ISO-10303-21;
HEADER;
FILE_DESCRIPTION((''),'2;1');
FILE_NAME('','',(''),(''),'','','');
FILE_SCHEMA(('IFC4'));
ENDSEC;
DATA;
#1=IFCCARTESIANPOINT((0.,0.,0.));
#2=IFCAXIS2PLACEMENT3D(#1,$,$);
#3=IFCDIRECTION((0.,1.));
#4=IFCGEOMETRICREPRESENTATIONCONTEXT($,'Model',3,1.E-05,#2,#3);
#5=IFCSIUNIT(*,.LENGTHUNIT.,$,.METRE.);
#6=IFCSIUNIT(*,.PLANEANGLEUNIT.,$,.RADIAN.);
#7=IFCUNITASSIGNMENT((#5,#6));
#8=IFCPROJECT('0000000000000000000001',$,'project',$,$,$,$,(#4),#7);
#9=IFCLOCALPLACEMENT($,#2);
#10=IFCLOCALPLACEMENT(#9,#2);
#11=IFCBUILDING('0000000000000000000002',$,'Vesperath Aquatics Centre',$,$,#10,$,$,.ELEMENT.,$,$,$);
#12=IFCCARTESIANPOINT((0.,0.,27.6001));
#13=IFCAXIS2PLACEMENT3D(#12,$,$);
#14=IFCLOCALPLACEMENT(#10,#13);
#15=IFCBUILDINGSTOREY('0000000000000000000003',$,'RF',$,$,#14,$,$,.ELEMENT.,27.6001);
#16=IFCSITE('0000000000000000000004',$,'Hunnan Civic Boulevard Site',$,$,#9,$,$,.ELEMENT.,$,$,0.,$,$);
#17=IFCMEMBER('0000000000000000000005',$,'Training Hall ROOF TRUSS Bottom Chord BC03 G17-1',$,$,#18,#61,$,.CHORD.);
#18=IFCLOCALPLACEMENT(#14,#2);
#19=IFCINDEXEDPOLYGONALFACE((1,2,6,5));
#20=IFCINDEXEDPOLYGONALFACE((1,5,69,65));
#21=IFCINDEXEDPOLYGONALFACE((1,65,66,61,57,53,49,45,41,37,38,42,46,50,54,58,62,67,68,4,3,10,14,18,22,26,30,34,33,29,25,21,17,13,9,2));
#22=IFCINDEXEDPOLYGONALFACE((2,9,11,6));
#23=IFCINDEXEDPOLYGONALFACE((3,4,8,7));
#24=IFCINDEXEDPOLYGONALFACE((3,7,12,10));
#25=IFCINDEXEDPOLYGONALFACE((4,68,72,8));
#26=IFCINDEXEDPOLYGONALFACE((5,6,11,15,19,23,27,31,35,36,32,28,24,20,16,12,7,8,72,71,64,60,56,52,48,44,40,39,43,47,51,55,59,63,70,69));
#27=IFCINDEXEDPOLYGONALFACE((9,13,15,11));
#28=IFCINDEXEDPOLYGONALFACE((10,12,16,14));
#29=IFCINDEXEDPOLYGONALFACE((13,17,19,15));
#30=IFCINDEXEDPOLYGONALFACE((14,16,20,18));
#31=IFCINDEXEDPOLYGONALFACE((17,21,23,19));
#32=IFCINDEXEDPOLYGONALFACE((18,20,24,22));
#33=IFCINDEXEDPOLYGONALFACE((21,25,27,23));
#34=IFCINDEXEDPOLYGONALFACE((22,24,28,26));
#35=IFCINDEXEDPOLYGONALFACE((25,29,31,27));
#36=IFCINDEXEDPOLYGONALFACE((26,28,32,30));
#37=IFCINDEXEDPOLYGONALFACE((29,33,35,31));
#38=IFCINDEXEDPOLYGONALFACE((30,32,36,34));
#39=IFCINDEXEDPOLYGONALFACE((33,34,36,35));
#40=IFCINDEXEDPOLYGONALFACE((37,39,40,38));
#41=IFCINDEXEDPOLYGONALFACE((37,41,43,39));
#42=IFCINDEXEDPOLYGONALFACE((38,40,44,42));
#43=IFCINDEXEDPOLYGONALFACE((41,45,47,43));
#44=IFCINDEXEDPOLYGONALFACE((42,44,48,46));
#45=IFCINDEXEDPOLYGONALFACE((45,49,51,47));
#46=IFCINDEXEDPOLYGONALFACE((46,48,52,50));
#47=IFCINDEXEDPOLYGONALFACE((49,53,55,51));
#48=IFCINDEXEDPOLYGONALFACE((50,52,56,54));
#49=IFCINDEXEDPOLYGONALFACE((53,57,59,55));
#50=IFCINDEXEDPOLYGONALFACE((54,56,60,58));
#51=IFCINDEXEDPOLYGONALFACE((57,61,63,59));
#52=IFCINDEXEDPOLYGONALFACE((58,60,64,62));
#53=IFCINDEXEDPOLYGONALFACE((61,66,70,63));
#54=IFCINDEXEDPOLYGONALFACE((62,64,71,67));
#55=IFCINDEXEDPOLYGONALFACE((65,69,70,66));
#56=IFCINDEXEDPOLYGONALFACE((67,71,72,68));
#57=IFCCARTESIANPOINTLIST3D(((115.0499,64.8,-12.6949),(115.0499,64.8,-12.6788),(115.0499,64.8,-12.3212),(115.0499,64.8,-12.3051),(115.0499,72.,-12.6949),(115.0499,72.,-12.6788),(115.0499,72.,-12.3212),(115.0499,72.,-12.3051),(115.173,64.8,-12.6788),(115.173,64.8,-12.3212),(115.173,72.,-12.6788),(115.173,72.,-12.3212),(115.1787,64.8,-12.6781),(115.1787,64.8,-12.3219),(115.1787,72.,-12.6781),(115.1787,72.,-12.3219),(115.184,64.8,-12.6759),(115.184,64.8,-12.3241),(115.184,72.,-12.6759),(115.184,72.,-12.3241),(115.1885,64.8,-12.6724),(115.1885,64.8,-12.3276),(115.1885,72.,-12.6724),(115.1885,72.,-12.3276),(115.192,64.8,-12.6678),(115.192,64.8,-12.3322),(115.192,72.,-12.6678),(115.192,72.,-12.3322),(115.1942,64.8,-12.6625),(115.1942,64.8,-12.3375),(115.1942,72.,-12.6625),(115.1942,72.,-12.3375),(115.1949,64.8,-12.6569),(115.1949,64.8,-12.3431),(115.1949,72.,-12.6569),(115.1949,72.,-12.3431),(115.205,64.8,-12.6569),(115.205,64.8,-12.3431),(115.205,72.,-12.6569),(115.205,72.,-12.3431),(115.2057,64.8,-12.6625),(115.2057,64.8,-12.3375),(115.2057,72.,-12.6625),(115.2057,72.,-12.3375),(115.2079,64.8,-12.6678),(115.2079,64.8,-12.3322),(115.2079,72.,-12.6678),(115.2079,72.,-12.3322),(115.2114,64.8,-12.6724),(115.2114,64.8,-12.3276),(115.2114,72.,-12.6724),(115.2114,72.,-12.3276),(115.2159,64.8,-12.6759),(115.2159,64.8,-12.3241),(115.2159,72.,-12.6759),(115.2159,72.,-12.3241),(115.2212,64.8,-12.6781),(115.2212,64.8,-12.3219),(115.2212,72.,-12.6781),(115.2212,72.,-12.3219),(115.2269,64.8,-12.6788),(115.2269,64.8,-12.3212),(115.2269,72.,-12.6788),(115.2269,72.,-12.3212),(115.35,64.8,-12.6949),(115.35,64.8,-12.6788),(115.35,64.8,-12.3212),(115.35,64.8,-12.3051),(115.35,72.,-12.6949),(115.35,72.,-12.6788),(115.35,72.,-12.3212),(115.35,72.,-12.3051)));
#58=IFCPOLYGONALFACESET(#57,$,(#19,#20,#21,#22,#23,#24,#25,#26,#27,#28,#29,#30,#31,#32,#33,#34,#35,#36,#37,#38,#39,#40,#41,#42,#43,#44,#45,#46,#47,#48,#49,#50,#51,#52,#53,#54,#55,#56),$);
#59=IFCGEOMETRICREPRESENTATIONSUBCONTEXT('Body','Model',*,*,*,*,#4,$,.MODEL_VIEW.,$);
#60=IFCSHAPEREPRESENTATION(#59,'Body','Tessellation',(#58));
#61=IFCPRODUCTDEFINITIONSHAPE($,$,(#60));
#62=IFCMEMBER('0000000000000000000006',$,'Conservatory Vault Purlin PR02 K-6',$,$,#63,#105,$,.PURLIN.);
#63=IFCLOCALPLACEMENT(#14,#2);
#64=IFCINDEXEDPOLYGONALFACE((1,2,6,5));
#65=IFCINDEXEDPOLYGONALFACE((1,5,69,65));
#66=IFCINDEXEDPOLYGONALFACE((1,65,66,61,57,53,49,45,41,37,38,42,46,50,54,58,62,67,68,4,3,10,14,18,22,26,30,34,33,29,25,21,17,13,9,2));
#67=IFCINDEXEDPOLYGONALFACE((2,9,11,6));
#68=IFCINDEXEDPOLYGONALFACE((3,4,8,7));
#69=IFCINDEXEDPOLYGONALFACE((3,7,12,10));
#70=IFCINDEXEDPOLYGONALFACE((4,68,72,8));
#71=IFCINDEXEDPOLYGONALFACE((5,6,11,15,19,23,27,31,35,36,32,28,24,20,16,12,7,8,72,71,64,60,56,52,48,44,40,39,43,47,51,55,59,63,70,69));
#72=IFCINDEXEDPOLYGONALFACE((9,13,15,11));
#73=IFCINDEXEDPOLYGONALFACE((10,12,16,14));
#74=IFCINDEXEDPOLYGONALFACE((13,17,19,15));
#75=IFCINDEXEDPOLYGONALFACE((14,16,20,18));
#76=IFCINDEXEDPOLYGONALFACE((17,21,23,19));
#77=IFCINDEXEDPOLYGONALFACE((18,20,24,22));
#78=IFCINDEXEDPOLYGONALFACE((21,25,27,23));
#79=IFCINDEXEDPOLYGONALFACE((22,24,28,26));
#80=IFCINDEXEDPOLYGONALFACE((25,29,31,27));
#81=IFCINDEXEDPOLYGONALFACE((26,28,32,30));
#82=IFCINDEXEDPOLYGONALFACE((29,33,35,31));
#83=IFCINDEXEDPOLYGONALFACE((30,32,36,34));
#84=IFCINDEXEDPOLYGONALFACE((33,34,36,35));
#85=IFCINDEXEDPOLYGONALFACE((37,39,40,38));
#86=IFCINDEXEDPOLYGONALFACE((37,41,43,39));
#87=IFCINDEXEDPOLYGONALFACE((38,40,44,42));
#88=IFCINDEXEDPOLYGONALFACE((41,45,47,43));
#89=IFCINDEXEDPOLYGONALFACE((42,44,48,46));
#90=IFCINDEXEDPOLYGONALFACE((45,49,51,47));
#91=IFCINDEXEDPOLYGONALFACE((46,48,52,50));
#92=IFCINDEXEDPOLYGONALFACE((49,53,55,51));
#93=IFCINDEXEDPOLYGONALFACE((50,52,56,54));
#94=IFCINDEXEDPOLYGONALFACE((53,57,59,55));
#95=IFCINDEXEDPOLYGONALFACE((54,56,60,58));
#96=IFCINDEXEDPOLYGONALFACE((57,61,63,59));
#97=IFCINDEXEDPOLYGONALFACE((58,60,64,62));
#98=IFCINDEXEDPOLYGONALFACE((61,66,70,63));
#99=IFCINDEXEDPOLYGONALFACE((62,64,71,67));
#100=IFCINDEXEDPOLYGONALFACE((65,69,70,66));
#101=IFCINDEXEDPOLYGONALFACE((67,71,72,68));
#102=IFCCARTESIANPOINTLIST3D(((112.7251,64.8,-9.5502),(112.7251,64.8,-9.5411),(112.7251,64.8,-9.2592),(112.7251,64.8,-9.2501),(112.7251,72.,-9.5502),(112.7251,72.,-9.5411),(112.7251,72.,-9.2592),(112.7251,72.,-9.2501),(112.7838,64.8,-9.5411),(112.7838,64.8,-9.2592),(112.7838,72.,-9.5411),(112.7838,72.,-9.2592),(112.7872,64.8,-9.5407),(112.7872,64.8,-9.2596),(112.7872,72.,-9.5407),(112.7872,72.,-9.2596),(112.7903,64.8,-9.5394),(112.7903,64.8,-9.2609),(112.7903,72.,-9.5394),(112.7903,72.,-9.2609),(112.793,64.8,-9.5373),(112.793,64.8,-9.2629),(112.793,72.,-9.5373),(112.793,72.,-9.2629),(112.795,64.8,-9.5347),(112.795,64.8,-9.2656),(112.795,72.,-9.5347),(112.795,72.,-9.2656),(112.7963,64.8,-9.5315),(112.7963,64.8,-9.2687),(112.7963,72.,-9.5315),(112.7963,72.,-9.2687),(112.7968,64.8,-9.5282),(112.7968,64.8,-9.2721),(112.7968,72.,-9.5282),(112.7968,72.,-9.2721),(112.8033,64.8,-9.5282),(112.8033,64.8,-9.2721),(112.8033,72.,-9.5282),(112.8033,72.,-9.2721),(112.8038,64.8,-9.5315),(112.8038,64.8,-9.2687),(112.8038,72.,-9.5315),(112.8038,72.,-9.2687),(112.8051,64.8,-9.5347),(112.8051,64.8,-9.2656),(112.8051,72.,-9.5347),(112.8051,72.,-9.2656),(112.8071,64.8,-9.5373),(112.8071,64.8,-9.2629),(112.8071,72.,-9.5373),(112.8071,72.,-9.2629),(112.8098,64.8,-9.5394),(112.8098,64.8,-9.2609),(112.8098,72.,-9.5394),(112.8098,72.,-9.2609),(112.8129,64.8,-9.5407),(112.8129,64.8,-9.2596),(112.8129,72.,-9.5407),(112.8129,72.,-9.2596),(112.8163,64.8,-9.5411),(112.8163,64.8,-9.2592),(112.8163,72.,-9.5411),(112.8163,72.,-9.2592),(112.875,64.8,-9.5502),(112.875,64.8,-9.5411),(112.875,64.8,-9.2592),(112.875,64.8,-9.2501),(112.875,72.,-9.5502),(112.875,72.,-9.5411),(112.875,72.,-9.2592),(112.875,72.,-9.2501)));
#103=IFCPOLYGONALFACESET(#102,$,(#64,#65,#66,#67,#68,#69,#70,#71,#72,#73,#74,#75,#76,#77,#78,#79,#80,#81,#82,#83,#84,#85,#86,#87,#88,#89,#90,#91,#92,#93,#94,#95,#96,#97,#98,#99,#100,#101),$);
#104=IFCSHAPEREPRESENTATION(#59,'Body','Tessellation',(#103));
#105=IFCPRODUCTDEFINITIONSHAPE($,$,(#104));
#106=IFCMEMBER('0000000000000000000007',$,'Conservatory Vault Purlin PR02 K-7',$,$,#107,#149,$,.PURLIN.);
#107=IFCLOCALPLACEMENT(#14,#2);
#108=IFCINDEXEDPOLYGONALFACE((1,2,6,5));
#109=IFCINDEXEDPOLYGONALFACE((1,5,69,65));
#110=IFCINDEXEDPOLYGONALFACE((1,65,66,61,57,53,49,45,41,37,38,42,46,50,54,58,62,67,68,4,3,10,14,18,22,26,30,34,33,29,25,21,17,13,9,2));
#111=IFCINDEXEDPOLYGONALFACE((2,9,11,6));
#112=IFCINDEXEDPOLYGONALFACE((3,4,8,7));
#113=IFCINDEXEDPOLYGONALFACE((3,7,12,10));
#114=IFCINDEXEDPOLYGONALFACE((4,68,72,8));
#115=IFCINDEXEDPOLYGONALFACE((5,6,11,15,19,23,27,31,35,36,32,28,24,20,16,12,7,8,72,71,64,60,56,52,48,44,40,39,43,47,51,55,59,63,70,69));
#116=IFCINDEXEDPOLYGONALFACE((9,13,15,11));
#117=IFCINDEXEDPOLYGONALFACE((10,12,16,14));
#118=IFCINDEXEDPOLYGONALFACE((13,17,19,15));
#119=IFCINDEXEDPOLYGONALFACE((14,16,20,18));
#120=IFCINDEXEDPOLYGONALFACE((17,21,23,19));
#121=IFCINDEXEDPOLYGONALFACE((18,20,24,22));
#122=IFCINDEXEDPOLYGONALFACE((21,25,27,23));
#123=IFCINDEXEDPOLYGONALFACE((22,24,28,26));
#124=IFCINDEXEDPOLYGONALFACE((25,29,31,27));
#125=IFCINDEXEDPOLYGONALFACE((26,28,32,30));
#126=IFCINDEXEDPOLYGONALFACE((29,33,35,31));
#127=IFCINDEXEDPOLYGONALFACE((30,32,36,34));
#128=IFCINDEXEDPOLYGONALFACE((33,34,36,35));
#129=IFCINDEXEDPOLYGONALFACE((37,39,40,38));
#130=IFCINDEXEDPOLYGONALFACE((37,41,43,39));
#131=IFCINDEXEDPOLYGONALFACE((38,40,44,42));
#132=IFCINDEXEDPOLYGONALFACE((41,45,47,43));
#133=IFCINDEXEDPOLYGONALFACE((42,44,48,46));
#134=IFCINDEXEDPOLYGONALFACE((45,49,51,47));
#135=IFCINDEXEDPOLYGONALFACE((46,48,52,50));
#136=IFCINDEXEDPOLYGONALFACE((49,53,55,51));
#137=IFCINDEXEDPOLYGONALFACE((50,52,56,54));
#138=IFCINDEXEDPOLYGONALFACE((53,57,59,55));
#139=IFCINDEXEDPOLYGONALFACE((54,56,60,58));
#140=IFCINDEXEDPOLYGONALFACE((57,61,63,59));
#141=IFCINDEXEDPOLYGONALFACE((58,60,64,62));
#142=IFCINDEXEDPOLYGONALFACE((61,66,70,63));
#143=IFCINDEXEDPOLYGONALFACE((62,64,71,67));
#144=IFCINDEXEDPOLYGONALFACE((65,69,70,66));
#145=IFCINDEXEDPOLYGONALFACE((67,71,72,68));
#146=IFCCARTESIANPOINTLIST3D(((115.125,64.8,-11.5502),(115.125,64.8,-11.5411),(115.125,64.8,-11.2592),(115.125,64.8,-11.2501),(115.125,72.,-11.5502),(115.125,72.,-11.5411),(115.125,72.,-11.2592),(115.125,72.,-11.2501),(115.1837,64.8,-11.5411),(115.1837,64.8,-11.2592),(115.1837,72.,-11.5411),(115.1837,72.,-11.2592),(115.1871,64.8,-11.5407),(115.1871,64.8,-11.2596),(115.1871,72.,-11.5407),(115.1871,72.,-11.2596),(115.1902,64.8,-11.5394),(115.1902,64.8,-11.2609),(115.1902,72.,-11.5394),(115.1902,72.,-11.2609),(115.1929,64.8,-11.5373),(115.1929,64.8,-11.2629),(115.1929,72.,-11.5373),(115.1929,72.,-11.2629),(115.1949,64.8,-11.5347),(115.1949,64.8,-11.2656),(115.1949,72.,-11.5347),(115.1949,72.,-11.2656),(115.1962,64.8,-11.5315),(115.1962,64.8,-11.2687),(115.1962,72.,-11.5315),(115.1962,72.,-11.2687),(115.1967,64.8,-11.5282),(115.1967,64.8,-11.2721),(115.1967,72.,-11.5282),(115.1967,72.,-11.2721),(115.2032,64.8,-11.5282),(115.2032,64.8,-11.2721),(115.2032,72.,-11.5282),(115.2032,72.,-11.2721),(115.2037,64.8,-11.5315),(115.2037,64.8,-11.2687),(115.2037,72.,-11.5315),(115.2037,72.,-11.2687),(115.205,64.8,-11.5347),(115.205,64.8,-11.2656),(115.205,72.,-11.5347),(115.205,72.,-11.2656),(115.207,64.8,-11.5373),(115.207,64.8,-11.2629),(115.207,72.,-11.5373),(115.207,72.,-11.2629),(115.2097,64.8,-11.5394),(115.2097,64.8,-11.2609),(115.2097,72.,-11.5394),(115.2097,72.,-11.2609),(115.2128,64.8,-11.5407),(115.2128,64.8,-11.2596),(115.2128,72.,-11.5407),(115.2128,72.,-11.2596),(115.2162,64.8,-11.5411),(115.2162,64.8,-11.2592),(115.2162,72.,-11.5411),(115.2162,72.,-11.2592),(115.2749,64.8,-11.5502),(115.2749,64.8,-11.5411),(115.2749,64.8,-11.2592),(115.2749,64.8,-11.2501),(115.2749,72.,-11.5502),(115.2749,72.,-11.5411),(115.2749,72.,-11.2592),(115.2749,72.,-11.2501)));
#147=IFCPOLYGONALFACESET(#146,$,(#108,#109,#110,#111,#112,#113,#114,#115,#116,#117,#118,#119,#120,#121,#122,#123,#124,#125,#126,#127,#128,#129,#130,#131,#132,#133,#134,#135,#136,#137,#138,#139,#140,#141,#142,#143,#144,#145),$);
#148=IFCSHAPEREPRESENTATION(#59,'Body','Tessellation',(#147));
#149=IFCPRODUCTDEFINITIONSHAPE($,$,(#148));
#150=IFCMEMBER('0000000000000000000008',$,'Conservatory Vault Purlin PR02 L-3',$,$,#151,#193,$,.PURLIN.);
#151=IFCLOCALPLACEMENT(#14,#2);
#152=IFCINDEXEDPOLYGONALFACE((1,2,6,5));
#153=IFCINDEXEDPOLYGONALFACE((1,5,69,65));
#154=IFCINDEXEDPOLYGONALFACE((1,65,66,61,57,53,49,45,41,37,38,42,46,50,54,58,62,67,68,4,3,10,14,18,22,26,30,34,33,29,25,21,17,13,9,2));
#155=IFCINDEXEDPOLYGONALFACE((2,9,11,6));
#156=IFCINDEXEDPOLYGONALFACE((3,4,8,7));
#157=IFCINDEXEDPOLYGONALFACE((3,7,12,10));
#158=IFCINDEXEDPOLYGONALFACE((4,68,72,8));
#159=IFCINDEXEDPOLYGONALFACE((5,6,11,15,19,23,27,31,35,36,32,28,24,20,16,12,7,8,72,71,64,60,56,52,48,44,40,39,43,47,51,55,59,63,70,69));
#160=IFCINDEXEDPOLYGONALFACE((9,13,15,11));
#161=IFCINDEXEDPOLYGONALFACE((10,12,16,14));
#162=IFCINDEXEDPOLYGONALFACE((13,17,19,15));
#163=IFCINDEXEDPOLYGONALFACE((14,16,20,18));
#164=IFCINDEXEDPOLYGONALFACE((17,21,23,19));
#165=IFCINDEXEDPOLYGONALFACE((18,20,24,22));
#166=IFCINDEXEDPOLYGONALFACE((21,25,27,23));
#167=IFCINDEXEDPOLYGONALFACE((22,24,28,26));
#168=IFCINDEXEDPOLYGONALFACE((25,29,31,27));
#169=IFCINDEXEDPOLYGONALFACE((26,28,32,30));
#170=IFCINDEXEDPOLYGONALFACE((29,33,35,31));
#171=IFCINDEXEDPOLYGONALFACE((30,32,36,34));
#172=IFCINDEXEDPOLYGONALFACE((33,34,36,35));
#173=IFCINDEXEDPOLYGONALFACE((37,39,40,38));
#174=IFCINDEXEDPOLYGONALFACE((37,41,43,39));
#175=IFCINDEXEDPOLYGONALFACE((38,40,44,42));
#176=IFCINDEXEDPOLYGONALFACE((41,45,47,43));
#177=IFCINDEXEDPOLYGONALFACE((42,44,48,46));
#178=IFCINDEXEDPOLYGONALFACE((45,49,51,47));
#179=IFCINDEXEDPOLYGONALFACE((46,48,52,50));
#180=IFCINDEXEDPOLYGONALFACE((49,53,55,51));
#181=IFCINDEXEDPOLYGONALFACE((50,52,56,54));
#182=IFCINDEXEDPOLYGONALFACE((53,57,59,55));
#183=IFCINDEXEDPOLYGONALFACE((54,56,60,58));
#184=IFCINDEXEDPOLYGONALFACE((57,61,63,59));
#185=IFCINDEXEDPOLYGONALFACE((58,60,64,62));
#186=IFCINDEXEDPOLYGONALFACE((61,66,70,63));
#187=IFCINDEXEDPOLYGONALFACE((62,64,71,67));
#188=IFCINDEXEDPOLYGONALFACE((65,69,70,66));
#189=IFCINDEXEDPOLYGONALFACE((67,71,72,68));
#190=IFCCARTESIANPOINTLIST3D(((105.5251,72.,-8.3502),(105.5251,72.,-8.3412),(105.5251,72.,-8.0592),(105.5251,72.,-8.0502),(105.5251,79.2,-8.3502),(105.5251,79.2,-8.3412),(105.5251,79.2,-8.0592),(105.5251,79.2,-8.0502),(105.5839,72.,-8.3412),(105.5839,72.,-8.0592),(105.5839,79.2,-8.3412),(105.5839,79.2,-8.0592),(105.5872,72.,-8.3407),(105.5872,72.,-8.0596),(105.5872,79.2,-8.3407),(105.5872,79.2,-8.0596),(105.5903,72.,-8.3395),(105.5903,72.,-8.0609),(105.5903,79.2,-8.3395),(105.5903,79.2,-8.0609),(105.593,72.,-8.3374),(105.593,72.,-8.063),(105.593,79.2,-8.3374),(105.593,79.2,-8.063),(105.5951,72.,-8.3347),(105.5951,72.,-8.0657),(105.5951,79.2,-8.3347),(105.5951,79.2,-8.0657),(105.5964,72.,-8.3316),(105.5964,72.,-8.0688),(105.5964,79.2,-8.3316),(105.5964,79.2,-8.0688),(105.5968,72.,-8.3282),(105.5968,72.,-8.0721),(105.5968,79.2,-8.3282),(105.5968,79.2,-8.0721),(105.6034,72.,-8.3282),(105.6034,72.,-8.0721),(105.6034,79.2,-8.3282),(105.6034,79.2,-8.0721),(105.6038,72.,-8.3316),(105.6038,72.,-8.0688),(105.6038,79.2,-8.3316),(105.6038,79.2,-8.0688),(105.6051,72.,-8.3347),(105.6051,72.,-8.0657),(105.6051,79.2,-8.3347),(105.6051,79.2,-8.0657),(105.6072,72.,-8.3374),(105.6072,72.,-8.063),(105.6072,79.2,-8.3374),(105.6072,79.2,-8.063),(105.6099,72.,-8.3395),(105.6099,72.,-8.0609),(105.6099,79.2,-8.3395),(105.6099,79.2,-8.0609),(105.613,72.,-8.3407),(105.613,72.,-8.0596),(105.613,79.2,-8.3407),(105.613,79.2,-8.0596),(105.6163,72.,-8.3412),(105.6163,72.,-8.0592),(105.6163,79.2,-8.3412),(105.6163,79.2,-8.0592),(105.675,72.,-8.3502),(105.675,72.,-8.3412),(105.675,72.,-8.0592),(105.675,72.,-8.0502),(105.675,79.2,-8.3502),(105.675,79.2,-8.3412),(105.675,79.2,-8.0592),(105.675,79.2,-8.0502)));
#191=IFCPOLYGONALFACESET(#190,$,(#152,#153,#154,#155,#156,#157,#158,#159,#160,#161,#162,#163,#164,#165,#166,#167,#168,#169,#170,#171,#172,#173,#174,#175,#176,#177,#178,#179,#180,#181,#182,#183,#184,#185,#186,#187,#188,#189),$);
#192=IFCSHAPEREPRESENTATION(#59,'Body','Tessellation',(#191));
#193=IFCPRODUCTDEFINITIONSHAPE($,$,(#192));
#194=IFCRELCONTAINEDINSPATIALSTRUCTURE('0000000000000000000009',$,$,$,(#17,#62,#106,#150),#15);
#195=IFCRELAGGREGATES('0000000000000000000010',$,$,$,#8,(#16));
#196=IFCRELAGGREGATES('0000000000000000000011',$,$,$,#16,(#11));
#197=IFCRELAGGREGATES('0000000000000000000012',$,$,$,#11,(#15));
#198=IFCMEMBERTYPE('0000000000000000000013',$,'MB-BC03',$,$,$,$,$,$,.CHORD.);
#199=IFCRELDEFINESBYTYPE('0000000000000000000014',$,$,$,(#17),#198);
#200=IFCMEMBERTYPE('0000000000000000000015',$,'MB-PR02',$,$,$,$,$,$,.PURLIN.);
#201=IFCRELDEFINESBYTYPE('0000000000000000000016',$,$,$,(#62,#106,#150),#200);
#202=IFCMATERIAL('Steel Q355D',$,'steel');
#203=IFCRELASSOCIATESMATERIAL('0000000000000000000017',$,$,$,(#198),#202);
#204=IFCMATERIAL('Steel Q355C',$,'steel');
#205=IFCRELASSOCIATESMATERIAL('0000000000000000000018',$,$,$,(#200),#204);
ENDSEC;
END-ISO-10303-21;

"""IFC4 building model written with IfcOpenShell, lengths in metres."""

from ifc_helpers import new_model, si_unit, direction, frame, origin, origin_2d, place, context, subcontext, project, spatial, i_section, extrude, material, material_profile, profile_set, type_object, element, save


model = new_model("IFC4")

# Units and contexts
model_context = context("Model", 3, precision=1e-05, world=origin(), true_north=direction((0.0, 1.0)))
body_context = subcontext(model_context, "Body", "Model", "MODEL_VIEW")
ifc_project = project(units=[si_unit("LENGTHUNIT", "METRE"), si_unit("PLANEANGLEUNIT", "RADIAN")], contexts=[model_context])

# Site, building, storey
site_placement = place(None, origin())
site = spatial("IfcSite", under=ifc_project, at=site_placement, Name="Hunnan Civic Boulevard Site", CompositionType="ELEMENT", RefElevation=0.0)
building_placement = place(site_placement, origin())
building = spatial("IfcBuilding", under=site, at=building_placement, Name="Vesperath Aquatics Centre", CompositionType="ELEMENT")
storey_placement = place(building_placement, frame((0.0, 0.0, 27.6001)))
storey = spatial("IfcBuildingStorey", under=building, at=storey_placement, Name="RF", CompositionType="ELEMENT", Elevation=27.6001)

# Shared definitions
ifc_material_1 = material(Name="Steel Q355C", Category="steel")

# Members
ifc_material_2 = material(Name="Steel Q355D", Category="steel")
ifc_material_profile_1 = material_profile(ifc_material_2, i_section(OverallWidth=0.3, OverallDepth=0.3899, WebThickness=0.01, FlangeThickness=0.0161, FilletRadius=0.022, at=origin_2d()), Name="HM 390x300x10x16")
ifc_profile_set_1 = profile_set([ifc_material_profile_1], Name="Steel Q355D")
member_type_1 = type_object("IfcMemberType", Name="MB-BC03", PredefinedType="CHORD", material=ifc_profile_set_1)
member_1_placement = place(storey_placement, frame((115.2, 64.8, -12.5), z_axis=(0.0, 1.0, 0.0), x_axis=(-1.0, 0.0, 0.0)))
element("IfcMember", 1, at=member_1_placement, inside=storey, type_object=member_type_1, Name="Training Hall ROOF TRUSS Bottom Chord BC03 G17-1", PredefinedType="CHORD", context=body_context, shape_type="SweptSolid", body=[
    extrude(i_section(OverallWidth=0.3, OverallDepth=0.3899, WebThickness=0.01, FlangeThickness=0.0161, FilletRadius=0.022, at=origin_2d()), origin(), (0.0, 0.0, 1.0), 7.2),
])
ifc_material_profile_2 = material_profile(ifc_material_1, i_section(OverallWidth=0.1499, OverallDepth=0.3, WebThickness=0.0066, FlangeThickness=0.009, FilletRadius=0.0129, at=origin_2d()), Name="HN 300x150x6.5x9")
ifc_profile_set_2 = profile_set([ifc_material_profile_2], Name="Steel Q355C")
member_type_2 = type_object("IfcMemberType", Name="MB-PR02", PredefinedType="PURLIN", material=ifc_profile_set_2)
for number, where, z_axis, x_axis, name in (
    (2, (112.8, 64.8, -9.4001), (0.0, 1.0, 0.0), (-1.0, 0.0, 0.0), "Conservatory Vault Purlin PR02 K-6"),
    (3, (115.2, 64.8, -11.4001), (0.0, 1.0, 0.0), (-1.0, 0.0, 0.0), "Conservatory Vault Purlin PR02 K-7"),
    (4, (105.6001, 72.0, -8.2002), (0.0, 1.0, 0.0), (-1.0, 0.0, 0.0), "Conservatory Vault Purlin PR02 L-3"),
):
    element("IfcMember", number, at=place(storey_placement, frame(where, z_axis=z_axis, x_axis=x_axis)), inside=storey, type_object=member_type_2, Name=name, PredefinedType="PURLIN", context=body_context, shape_type="SweptSolid", body=[
        extrude(i_section(OverallWidth=0.1499, OverallDepth=0.3, WebThickness=0.0066, FlangeThickness=0.009, FilletRadius=0.0129, at=origin_2d()), origin(), (0.0, 0.0, 1.0), 7.2),
    ])

save(model, "model.ifc")
